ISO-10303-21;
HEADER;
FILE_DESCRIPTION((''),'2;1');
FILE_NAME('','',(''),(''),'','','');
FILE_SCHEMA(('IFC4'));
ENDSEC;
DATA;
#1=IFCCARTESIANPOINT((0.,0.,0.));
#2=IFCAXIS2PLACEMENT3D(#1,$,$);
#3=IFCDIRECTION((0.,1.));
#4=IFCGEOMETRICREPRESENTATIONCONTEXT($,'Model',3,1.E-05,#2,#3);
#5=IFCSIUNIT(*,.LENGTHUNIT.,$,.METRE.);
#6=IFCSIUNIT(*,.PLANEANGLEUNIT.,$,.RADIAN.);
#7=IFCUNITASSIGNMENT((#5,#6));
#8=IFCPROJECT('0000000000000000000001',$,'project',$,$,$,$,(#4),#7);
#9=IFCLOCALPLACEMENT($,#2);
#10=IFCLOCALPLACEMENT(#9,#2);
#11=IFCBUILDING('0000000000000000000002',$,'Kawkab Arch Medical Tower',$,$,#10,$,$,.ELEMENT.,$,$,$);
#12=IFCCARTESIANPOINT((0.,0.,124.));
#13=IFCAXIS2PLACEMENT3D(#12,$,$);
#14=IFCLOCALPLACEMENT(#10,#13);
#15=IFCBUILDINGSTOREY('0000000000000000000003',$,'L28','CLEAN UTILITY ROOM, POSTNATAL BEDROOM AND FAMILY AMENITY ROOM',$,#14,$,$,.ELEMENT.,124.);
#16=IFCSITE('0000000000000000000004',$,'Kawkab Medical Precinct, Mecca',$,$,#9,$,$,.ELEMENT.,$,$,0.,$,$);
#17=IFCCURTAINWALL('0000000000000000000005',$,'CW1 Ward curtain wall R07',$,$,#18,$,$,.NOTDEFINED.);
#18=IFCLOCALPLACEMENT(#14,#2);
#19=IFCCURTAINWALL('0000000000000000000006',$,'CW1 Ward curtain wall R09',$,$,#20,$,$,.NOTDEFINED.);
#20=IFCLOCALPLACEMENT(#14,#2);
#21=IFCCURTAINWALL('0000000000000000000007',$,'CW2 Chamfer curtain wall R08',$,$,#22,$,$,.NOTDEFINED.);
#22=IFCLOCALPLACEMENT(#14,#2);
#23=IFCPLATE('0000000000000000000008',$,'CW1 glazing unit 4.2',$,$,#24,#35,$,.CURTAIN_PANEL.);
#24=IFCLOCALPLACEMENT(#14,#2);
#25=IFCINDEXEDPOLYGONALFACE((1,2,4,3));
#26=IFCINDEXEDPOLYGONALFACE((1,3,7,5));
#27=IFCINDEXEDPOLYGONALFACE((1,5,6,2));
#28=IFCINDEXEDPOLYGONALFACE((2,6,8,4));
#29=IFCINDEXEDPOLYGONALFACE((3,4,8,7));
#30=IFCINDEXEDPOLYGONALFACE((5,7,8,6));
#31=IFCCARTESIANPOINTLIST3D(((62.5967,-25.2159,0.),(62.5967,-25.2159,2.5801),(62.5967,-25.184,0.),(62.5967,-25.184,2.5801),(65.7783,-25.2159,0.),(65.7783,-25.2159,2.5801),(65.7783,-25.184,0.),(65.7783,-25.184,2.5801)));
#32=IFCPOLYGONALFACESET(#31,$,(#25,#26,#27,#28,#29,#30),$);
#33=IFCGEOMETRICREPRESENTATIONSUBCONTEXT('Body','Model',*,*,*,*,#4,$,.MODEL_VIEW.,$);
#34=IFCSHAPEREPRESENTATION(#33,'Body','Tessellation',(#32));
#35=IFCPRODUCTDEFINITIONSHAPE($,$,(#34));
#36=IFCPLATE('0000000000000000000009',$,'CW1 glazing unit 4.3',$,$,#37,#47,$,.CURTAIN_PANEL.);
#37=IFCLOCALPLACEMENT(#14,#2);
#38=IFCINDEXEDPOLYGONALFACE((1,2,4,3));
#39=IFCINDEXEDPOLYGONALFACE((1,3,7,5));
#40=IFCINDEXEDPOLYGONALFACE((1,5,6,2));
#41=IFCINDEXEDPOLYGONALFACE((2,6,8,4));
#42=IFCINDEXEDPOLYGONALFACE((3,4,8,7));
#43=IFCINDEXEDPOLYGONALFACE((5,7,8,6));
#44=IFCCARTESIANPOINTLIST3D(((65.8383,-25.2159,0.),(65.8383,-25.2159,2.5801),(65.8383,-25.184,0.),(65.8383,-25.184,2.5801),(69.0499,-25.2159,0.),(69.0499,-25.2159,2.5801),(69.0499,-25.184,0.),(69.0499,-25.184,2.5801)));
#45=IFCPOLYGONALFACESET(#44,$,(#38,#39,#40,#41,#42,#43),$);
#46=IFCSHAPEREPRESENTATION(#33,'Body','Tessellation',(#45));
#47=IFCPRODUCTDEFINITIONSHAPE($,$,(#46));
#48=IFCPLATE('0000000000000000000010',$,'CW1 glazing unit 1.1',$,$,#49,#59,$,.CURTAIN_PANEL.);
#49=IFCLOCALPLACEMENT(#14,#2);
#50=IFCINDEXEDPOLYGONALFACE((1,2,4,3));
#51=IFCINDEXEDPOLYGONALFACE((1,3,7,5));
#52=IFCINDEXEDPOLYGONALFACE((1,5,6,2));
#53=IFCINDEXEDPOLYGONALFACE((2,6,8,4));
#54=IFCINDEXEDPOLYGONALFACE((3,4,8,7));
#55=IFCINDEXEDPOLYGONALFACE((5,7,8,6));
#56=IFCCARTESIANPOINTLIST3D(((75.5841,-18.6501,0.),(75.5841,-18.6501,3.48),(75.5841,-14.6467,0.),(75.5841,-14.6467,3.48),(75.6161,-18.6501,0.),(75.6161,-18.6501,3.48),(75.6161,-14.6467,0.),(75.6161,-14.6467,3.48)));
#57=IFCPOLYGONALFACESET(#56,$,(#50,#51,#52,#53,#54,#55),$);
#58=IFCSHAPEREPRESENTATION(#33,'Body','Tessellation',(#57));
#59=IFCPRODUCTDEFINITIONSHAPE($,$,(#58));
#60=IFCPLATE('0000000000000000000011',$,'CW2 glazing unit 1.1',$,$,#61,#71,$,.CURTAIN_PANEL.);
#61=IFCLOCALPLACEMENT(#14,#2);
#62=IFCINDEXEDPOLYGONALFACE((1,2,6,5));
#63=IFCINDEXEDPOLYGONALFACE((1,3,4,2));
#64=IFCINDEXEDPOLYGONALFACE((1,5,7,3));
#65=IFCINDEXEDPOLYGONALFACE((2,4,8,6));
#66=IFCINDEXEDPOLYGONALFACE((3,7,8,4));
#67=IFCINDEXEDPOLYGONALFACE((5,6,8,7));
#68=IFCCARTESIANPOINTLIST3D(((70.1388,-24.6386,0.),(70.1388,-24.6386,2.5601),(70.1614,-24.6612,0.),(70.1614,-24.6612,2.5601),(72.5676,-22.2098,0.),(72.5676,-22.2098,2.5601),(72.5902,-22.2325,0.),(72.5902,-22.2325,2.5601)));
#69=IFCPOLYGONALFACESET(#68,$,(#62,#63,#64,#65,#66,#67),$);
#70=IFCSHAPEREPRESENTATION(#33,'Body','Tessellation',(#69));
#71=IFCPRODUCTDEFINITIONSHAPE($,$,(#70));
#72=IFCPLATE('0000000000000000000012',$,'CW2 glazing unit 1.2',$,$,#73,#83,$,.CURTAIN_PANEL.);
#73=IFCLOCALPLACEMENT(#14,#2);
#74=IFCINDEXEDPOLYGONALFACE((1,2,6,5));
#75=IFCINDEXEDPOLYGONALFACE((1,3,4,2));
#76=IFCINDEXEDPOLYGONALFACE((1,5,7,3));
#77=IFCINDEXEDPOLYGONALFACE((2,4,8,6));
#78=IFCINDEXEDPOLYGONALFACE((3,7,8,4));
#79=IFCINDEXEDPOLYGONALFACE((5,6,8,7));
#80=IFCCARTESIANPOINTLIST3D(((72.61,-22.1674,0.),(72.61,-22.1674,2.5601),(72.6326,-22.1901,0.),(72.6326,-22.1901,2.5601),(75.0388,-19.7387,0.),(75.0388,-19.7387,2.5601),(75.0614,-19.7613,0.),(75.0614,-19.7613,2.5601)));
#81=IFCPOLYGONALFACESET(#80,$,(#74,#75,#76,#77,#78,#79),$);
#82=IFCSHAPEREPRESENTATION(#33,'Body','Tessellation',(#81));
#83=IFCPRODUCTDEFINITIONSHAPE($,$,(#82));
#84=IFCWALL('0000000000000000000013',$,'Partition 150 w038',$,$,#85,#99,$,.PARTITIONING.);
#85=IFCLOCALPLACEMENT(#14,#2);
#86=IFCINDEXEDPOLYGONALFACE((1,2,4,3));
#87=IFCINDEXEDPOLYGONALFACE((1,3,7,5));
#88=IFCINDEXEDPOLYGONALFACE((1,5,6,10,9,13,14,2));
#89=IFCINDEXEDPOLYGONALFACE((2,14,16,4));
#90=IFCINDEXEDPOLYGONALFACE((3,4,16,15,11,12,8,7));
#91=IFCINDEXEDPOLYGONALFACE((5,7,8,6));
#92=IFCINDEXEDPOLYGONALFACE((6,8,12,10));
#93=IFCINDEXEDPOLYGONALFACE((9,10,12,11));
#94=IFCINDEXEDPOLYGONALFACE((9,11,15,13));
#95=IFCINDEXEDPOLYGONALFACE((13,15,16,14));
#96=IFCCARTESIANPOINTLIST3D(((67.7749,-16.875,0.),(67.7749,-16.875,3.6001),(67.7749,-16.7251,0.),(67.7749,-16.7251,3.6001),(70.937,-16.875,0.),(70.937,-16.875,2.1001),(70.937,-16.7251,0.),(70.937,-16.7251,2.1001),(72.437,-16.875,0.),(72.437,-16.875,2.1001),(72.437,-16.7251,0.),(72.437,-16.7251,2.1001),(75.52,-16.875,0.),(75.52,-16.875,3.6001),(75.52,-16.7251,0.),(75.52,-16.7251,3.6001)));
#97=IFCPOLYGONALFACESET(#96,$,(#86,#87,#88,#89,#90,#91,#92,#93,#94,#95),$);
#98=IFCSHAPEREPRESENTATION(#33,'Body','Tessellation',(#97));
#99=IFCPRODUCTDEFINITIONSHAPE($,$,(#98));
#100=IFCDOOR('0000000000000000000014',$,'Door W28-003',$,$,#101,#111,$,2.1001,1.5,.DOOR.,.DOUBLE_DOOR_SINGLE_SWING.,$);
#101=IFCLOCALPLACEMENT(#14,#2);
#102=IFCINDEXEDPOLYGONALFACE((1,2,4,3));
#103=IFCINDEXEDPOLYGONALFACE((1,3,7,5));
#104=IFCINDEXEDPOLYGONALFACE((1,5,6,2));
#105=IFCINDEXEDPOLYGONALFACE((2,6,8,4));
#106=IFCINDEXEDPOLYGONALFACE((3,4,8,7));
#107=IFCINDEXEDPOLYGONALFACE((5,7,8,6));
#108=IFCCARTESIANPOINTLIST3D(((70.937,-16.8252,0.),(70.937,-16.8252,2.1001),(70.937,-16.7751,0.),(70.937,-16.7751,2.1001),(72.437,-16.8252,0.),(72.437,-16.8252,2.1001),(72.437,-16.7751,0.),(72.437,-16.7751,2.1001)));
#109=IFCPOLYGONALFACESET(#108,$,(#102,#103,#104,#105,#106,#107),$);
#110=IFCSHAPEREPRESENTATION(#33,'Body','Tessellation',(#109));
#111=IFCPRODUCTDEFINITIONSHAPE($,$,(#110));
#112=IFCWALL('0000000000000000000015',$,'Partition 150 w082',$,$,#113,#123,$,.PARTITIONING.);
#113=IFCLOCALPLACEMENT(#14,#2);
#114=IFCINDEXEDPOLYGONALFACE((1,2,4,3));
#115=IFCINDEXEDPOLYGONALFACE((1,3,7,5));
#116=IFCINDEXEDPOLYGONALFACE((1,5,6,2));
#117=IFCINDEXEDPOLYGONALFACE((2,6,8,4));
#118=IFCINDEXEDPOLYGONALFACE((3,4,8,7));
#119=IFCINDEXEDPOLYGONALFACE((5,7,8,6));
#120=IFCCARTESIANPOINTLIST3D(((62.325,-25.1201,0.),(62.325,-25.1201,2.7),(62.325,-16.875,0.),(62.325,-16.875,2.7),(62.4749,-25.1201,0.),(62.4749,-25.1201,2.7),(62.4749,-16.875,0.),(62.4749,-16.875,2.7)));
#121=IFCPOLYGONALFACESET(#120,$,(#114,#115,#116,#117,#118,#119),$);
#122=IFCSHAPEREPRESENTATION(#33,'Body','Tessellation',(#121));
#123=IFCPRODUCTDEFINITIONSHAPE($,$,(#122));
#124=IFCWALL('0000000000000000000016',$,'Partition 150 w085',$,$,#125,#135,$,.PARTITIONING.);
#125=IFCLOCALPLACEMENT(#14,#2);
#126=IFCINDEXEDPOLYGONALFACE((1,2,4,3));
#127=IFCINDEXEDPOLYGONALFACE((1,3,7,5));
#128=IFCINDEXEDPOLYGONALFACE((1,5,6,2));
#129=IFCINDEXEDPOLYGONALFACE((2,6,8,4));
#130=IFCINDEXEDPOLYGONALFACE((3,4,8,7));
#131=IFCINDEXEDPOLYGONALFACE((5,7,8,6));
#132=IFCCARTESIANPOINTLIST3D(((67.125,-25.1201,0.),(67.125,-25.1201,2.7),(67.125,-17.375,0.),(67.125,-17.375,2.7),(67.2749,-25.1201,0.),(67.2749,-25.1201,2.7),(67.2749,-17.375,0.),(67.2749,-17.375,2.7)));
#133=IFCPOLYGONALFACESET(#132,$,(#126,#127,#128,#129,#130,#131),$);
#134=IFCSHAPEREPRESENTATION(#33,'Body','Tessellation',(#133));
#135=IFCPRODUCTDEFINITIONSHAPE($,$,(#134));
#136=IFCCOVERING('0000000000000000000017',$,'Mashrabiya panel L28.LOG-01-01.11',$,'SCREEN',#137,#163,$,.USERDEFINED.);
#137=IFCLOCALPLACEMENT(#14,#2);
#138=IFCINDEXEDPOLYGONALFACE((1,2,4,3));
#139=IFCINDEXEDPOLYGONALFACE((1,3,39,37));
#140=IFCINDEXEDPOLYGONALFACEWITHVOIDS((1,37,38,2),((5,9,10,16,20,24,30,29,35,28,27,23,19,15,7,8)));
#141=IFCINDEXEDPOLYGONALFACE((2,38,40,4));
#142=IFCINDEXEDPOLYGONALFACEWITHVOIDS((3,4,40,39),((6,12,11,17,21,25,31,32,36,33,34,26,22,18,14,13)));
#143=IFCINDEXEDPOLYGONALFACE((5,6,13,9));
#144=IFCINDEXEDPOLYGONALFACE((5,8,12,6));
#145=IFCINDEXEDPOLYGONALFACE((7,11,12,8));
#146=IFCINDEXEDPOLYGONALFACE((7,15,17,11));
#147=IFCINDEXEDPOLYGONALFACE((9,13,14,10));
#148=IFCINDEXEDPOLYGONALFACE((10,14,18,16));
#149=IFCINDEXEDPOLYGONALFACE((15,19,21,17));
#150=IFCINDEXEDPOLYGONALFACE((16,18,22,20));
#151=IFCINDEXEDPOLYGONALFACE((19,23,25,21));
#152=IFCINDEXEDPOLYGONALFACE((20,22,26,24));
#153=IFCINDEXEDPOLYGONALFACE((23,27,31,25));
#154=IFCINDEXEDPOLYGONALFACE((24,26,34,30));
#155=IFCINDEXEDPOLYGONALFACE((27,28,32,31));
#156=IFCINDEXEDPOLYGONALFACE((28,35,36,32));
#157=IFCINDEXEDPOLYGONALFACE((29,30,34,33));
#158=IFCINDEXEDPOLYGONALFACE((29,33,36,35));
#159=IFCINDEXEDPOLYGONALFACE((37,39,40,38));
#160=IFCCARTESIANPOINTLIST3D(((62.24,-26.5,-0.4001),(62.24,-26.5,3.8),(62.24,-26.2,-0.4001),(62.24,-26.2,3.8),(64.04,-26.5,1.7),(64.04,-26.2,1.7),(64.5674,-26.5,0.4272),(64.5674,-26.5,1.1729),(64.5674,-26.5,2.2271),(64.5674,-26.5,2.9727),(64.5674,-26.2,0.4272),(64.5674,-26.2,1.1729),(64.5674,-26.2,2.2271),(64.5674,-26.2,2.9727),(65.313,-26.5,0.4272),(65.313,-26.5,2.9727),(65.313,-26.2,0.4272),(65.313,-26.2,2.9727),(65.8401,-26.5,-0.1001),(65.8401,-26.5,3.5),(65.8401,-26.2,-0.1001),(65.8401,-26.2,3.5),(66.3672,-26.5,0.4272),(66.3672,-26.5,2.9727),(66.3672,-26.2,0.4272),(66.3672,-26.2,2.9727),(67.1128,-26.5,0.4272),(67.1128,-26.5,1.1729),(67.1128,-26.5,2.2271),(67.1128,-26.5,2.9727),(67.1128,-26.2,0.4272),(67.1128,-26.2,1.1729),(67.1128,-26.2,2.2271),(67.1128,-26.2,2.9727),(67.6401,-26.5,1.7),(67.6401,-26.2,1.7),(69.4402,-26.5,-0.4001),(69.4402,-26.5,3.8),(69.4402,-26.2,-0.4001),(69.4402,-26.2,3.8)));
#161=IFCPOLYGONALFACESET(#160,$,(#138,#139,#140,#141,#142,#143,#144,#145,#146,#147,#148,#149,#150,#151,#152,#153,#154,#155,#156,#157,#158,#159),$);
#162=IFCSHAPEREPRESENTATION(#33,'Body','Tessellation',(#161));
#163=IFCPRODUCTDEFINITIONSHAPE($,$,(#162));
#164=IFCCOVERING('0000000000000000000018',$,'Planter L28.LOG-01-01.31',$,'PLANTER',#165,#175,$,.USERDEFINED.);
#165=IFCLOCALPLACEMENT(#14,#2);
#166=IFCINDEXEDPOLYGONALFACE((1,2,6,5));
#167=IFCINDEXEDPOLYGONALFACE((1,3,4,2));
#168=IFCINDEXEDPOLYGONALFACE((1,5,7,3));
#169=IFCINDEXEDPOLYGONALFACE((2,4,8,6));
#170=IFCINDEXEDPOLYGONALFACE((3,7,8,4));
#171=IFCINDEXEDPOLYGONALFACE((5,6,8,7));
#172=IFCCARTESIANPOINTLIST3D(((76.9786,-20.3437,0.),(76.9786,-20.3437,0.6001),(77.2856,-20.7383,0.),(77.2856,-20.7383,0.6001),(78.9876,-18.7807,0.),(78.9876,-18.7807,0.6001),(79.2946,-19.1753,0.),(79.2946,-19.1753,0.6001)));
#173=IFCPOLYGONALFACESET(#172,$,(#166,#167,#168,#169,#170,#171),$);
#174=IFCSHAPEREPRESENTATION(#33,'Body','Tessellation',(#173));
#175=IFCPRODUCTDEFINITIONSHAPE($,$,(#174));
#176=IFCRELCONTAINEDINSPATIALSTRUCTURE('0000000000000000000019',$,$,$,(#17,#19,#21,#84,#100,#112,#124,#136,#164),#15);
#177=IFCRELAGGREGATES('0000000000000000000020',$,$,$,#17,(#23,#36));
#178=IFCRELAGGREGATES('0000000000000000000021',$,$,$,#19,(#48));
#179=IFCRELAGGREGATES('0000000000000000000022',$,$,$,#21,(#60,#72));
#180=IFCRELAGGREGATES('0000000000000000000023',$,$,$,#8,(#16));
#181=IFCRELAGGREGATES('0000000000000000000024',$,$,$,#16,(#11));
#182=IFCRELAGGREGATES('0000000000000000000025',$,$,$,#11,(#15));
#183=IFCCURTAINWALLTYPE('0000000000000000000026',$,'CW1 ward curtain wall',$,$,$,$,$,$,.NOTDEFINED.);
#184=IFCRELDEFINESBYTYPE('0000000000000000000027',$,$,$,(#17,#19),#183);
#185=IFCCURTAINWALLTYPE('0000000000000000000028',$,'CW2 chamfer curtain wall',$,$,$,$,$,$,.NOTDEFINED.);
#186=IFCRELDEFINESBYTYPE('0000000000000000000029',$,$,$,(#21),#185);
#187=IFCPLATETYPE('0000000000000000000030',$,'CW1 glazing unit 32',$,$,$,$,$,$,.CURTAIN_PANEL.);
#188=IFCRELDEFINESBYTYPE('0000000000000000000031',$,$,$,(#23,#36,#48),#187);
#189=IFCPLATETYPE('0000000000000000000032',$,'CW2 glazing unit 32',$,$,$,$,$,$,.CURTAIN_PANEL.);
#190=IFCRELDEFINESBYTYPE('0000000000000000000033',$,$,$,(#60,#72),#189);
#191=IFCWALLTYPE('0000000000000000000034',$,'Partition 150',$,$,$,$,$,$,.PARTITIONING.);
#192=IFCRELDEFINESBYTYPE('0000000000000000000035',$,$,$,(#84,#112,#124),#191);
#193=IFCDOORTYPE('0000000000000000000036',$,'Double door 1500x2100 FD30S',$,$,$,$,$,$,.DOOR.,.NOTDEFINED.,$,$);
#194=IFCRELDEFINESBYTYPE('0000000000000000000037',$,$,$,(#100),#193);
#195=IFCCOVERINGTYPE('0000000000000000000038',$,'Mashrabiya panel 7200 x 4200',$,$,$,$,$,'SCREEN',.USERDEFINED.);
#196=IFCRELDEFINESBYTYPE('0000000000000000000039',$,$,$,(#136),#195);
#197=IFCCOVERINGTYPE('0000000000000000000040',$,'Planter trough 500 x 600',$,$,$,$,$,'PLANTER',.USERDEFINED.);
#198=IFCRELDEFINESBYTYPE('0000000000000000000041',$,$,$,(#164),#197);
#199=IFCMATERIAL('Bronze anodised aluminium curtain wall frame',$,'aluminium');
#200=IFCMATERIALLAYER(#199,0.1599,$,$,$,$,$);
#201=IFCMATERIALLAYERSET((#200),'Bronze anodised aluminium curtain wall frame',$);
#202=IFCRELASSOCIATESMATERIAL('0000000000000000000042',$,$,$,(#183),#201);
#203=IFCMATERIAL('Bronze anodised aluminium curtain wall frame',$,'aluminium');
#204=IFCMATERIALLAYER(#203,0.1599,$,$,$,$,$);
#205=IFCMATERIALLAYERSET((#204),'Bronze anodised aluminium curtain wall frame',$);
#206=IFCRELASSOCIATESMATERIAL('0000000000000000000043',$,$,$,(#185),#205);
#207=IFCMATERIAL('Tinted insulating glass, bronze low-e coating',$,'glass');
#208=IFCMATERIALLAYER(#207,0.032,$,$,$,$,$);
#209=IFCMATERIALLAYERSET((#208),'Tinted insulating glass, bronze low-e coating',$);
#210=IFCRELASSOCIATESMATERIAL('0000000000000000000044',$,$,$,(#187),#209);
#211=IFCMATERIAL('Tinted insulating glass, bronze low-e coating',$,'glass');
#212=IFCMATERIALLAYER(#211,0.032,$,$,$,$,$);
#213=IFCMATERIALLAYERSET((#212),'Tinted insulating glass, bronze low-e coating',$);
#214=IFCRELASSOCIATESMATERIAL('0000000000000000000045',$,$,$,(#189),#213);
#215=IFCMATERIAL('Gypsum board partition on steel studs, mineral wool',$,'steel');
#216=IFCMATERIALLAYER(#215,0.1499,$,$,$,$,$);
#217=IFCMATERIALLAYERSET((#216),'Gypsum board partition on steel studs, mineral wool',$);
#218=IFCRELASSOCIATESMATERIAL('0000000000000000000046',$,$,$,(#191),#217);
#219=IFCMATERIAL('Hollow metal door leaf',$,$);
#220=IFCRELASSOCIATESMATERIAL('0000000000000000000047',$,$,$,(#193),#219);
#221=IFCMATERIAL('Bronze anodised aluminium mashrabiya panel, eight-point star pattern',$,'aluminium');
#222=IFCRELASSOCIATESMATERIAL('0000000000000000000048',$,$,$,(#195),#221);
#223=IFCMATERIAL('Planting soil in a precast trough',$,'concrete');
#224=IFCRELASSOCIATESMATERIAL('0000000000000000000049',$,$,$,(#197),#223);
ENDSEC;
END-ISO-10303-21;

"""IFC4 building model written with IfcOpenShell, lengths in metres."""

from ifc_helpers import new_model, si_unit, direction, frame, frame_2d, origin, origin_2d, place, context, subcontext, project, spatial, polyline, rectangle, outline, extrude, material, layer, layer_set, material_profile, profile_set, type_object, element, fill, aggregate, save


model = new_model("IFC4")

# Units and contexts
model_context = context("Model", 3, precision=1e-05, world=origin(), true_north=direction((0.0, 1.0)))
body_context = subcontext(model_context, "Body", "Model", "MODEL_VIEW")
ifc_project = project(units=[si_unit("LENGTHUNIT", "METRE"), si_unit("PLANEANGLEUNIT", "RADIAN")], contexts=[model_context])

# Site, building, storey
site_placement = place(None, origin())
site = spatial("IfcSite", under=ifc_project, at=site_placement, Name="Kawkab Medical Precinct, Mecca", CompositionType="ELEMENT", RefElevation=0.0)
building_placement = place(site_placement, origin())
building = spatial("IfcBuilding", under=site, at=building_placement, Name="Kawkab Arch Medical Tower", CompositionType="ELEMENT")
storey_placement = place(building_placement, frame((0.0, 0.0, 124.0)))
storey = spatial("IfcBuildingStorey", under=building, at=storey_placement, Name="L28", Description="CLEAN UTILITY ROOM, POSTNATAL BEDROOM AND FAMILY AMENITY ROOM", CompositionType="ELEMENT", Elevation=124.0)

# Curtain walls
ifc_material_1 = material(Name="Bronze anodised aluminium curtain wall frame", Category="aluminium")
ifc_layer_1 = layer(ifc_material_1, 0.1599)
ifc_layer_set_1 = layer_set([ifc_layer_1], Name="Bronze anodised aluminium curtain wall frame")
curtain_wall_type_1 = type_object("IfcCurtainWallType", Name="CW1 ward curtain wall", PredefinedType="NOTDEFINED", material=ifc_layer_set_1)
placement = place(storey_placement, origin())
curtain_wall_1 = element("IfcCurtainWall", 1, at=placement, inside=storey, type_object=curtain_wall_type_1, Name="CW1 Ward curtain wall R07", PredefinedType="NOTDEFINED")
curtain_wall_2 = element("IfcCurtainWall", 2, at=placement, inside=storey, type_object=curtain_wall_type_1, Name="CW1 Ward curtain wall R09", PredefinedType="NOTDEFINED")
ifc_material_2 = material(Name="Bronze anodised aluminium curtain wall frame", Category="aluminium")
ifc_layer_2 = layer(ifc_material_2, 0.1599)
ifc_layer_set_2 = layer_set([ifc_layer_2], Name="Bronze anodised aluminium curtain wall frame")
curtain_wall_type_2 = type_object("IfcCurtainWallType", Name="CW2 chamfer curtain wall", PredefinedType="NOTDEFINED", material=ifc_layer_set_2)
curtain_wall_3 = element("IfcCurtainWall", 3, at=placement, inside=storey, type_object=curtain_wall_type_2, Name="CW2 Chamfer curtain wall R08", PredefinedType="NOTDEFINED")

# Plates
ifc_material_3 = material(Name="Tinted insulating glass, bronze low-e coating", Category="glass")
ifc_layer_3 = layer(ifc_material_3, 0.032)
ifc_layer_set_3 = layer_set([ifc_layer_3], Name="Tinted insulating glass, bronze low-e coating")
plate_type_1 = type_object("IfcPlateType", Name="CW1 glazing unit 32", PredefinedType="CURTAIN_PANEL", material=ifc_layer_set_3)
plate_1_placement = place(storey_placement, frame((64.1875, -25.2, 0.0), z_axis=(0.0, 0.0, 1.0), x_axis=(1.0, 0.0, 0.0)))
plate_1 = element("IfcPlate", 4, at=plate_1_placement, type_object=plate_type_1, Name="CW1 glazing unit 4.2", PredefinedType="CURTAIN_PANEL", context=body_context, shape_type="SweptSolid", body=[
    extrude(rectangle(XDim=3.1816, YDim=0.032, at=origin_2d()), origin(), (0.0, 0.0, 1.0), 2.5801),
])
plate_2_placement = place(storey_placement, frame((67.4441, -25.2, 0.0), z_axis=(0.0, 0.0, 1.0), x_axis=(1.0, 0.0, 0.0)))
plate_2 = element("IfcPlate", 5, at=plate_2_placement, type_object=plate_type_1, Name="CW1 glazing unit 4.3", PredefinedType="CURTAIN_PANEL", context=body_context, shape_type="SweptSolid", body=[
    extrude(rectangle(XDim=3.2117, YDim=0.032, at=origin_2d()), origin(), (0.0, 0.0, 1.0), 2.5801),
])
aggregate(curtain_wall_1, [plate_1, plate_2])
plate_3_placement = place(storey_placement, frame((75.6001, -16.6484, 0.0), z_axis=(0.0, 0.0, 1.0), x_axis=(0.0, 1.0, 0.0)))
plate_3 = element("IfcPlate", 6, at=plate_3_placement, type_object=plate_type_1, Name="CW1 glazing unit 1.1", PredefinedType="CURTAIN_PANEL", context=body_context, shape_type="SweptSolid", body=[
    extrude(rectangle(XDim=4.0034, YDim=0.032, at=origin_2d()), origin(), (0.0, 0.0, 1.0), 3.48),
])
aggregate(curtain_wall_2, [plate_3])
ifc_material_4 = material(Name="Tinted insulating glass, bronze low-e coating", Category="glass")
ifc_layer_4 = layer(ifc_material_4, 0.032)
ifc_layer_set_4 = layer_set([ifc_layer_4], Name="Tinted insulating glass, bronze low-e coating")
plate_type_2 = type_object("IfcPlateType", Name="CW2 glazing unit 32", PredefinedType="CURTAIN_PANEL", material=ifc_layer_set_4)
plate_4_placement = place(storey_placement, frame((71.3645, -23.4355, 0.0), z_axis=(0.0, 0.0, 1.0), x_axis=(0.707107, 0.707107, 0.0)))
plate_4 = element("IfcPlate", 7, at=plate_4_placement, type_object=plate_type_2, Name="CW2 glazing unit 1.1", PredefinedType="CURTAIN_PANEL", context=body_context, shape_type="SweptSolid", body=[
    extrude(rectangle(XDim=3.4348, YDim=0.032, at=origin_2d()), origin(), (0.0, 0.0, 1.0), 2.5601),
])
plate_5_placement = place(storey_placement, frame((73.8357, -20.9644, 0.0), z_axis=(0.0, 0.0, 1.0), x_axis=(0.707107, 0.707107, 0.0)))
plate_5 = element("IfcPlate", 8, at=plate_5_placement, type_object=plate_type_2, Name="CW2 glazing unit 1.2", PredefinedType="CURTAIN_PANEL", context=body_context, shape_type="SweptSolid", body=[
    extrude(rectangle(XDim=3.4348, YDim=0.032, at=origin_2d()), origin(), (0.0, 0.0, 1.0), 2.5601),
])
aggregate(curtain_wall_3, [plate_4, plate_5])

# Wall, opening, door
ifc_material_5 = material(Name="Gypsum board partition on steel studs, mineral wool", Category="steel")
ifc_layer_5 = layer(ifc_material_5, 0.1499)
ifc_layer_set_5 = layer_set([ifc_layer_5], Name="Gypsum board partition on steel studs, mineral wool")
wall_type = type_object("IfcWallType", Name="Partition 150", PredefinedType="PARTITIONING", material=ifc_layer_set_5)
wall_1_placement = place(storey_placement, frame((67.7749, -16.8, 0.0), z_axis=(0.0, 0.0, 1.0), x_axis=(1.0, 0.0, 0.0)))
wall_1 = element("IfcWall", 9, at=wall_1_placement, inside=storey, type_object=wall_type, Name="Partition 150 w038", PredefinedType="PARTITIONING", context=body_context, shape_type="SweptSolid", body=[
    extrude(rectangle(XDim=7.7451, YDim=0.1499, at=frame_2d((3.8726, 0.0))), origin(), (0.0, 0.0, 1.0), 3.6001),
])
opening_placement = place(wall_1_placement, frame((3.1621, 0.0, 0.0)))
opening = element("IfcOpeningElement", 10, at=opening_placement, cuts=wall_1, PredefinedType="OPENING", context=body_context, shape_type="SweptSolid", body=[
    extrude(rectangle(XDim=1.5, YDim=2.1001, at=frame_2d((0.75, 1.05))), frame((0.0, 0.085, 0.0), z_axis=(0.0, -1.0, 0.0), x_axis=(1.0, 0.0, 0.0)), (0.0, 0.0, 1.0), 0.1699),
])
ifc_material_6 = material(Name="Hollow metal door leaf")
door_type = type_object("IfcDoorType", Name="Double door 1500x2100 FD30S", OperationType="NOTDEFINED", PredefinedType="DOOR", material=ifc_material_6)
door_placement = place(opening_placement, origin())
door = element("IfcDoor", 11, at=door_placement, inside=storey, type_object=door_type, Name="Door W28-003", OperationType="DOUBLE_DOOR_SINGLE_SWING", OverallHeight=2.1001, OverallWidth=1.5, PredefinedType="DOOR", context=body_context, shape_type="SweptSolid", body=[
    extrude(rectangle(XDim=1.5, YDim=2.1001, at=frame_2d((0.75, 1.05))), frame((0.0, 0.0249, 0.0), z_axis=(0.0, -1.0, 0.0), x_axis=(1.0, 0.0, 0.0)), (0.0, 0.0, 1.0), 0.05),
])
fill(opening, door)

# Walls
wall_2_placement = place(storey_placement, frame((62.3999, -25.1201, 0.0), z_axis=(0.0, 0.0, 1.0), x_axis=(0.0, 1.0, 0.0)))
element("IfcWall", 12, at=wall_2_placement, inside=storey, type_object=wall_type, Name="Partition 150 w082", PredefinedType="PARTITIONING", context=body_context, shape_type="SweptSolid", body=[
    extrude(rectangle(XDim=8.2451, YDim=0.1499, at=frame_2d((4.1226, 0.0))), origin(), (0.0, 0.0, 1.0), 2.7),
])
wall_3_placement = place(storey_placement, frame((67.2, -25.1201, 0.0), z_axis=(0.0, 0.0, 1.0), x_axis=(0.0, 1.0, 0.0)))
element("IfcWall", 13, at=wall_3_placement, inside=storey, type_object=wall_type, Name="Partition 150 w085", PredefinedType="PARTITIONING", context=body_context, shape_type="SweptSolid", body=[
    extrude(rectangle(XDim=7.7451, YDim=0.1499, at=frame_2d((3.8726, 0.0))), origin(), (0.0, 0.0, 1.0), 2.7),
])

# Coverings
ifc_material_7 = material(Name="Bronze anodised aluminium mashrabiya panel, eight-point star pattern", Category="aluminium")
ifc_material_profile_1 = material_profile(ifc_material_7, outline(polyline([(-3.6001, -2.1001), (3.6001, -2.1001), (3.6001, 2.1001), (-3.6001, 2.1001), (-3.6001, -2.1001)]), holes=[polyline([(1.8, 0.0), (1.2727, 0.5271), (1.2727, 1.2727), (0.5271, 1.2727), (0.0, 1.8), (-0.5271, 1.2727), (-1.2727, 1.2727), (-1.2727, 0.5271), (-1.8, 0.0), (-1.2727, -0.5271), (-1.2727, -1.2727), (-0.5271, -1.2727), (0.0, -1.8), (0.5271, -1.2727), (1.2727, -1.2727), (1.2727, -0.5271), (1.8, 0.0)])]), Name="Mashrabiya panel 7200x4200")
ifc_profile_set_1 = profile_set([ifc_material_profile_1], Name="Bronze anodised aluminium mashrabiya panel, eight-point star pattern")
covering_type_1 = type_object("IfcCoveringType", Name="Mashrabiya panel 7200 x 4200", ElementType="SCREEN", PredefinedType="USERDEFINED", material=ifc_profile_set_1)
covering_1_placement = place(storey_placement, frame((65.8401, -26.2, 1.7), z_axis=(0.0, -1.0, 0.0), x_axis=(1.0, 0.0, 0.0)))
element("IfcCovering", 14, at=covering_1_placement, inside=storey, type_object=covering_type_1, Name="Mashrabiya panel L28.LOG-01-01.11", ObjectType="SCREEN", PredefinedType="USERDEFINED", context=body_context, shape_type="SweptSolid", body=[
    extrude(outline(polyline([(-3.6001, -2.1001), (3.6001, -2.1001), (3.6001, 2.1001), (-3.6001, 2.1001), (-3.6001, -2.1001)]), holes=[polyline([(1.8, 0.0), (1.2727, 0.5271), (1.2727, 1.2727), (0.5271, 1.2727), (0.0, 1.8), (-0.5271, 1.2727), (-1.2727, 1.2727), (-1.2727, 0.5271), (-1.8, 0.0), (-1.2727, -0.5271), (-1.2727, -1.2727), (-0.5271, -1.2727), (0.0, -1.8), (0.5271, -1.2727), (1.2727, -1.2727), (1.2727, -0.5271), (1.8, 0.0)])]), origin(), (0.0, 0.0, 1.0), 0.3),
])
ifc_material_8 = material(Name="Planting soil in a precast trough", Category="concrete")
ifc_material_profile_2 = material_profile(ifc_material_8, rectangle(XDim=0.5, YDim=0.6001, at=origin_2d()), Name="Trough 500x600")
ifc_profile_set_2 = profile_set([ifc_material_profile_2], Name="Planting soil in a precast trough")
covering_type_2 = type_object("IfcCoveringType", Name="Planter trough 500 x 600", ElementType="PLANTER", PredefinedType="USERDEFINED", material=ifc_profile_set_2)
covering_2_placement = place(storey_placement, frame((79.1411, -18.978, 0.3), z_axis=(-0.789275, -0.61404, 0.0), x_axis=(0.61404, -0.789275, 0.0)))
element("IfcCovering", 15, at=covering_2_placement, inside=storey, type_object=covering_type_2, Name="Planter L28.LOG-01-01.31", ObjectType="PLANTER", PredefinedType="USERDEFINED", context=body_context, shape_type="SweptSolid", body=[
    extrude(rectangle(XDim=0.5, YDim=0.6001, at=origin_2d()), origin(), (0.0, 0.0, 1.0), 2.5454),
])

save(model, "model.ifc")
